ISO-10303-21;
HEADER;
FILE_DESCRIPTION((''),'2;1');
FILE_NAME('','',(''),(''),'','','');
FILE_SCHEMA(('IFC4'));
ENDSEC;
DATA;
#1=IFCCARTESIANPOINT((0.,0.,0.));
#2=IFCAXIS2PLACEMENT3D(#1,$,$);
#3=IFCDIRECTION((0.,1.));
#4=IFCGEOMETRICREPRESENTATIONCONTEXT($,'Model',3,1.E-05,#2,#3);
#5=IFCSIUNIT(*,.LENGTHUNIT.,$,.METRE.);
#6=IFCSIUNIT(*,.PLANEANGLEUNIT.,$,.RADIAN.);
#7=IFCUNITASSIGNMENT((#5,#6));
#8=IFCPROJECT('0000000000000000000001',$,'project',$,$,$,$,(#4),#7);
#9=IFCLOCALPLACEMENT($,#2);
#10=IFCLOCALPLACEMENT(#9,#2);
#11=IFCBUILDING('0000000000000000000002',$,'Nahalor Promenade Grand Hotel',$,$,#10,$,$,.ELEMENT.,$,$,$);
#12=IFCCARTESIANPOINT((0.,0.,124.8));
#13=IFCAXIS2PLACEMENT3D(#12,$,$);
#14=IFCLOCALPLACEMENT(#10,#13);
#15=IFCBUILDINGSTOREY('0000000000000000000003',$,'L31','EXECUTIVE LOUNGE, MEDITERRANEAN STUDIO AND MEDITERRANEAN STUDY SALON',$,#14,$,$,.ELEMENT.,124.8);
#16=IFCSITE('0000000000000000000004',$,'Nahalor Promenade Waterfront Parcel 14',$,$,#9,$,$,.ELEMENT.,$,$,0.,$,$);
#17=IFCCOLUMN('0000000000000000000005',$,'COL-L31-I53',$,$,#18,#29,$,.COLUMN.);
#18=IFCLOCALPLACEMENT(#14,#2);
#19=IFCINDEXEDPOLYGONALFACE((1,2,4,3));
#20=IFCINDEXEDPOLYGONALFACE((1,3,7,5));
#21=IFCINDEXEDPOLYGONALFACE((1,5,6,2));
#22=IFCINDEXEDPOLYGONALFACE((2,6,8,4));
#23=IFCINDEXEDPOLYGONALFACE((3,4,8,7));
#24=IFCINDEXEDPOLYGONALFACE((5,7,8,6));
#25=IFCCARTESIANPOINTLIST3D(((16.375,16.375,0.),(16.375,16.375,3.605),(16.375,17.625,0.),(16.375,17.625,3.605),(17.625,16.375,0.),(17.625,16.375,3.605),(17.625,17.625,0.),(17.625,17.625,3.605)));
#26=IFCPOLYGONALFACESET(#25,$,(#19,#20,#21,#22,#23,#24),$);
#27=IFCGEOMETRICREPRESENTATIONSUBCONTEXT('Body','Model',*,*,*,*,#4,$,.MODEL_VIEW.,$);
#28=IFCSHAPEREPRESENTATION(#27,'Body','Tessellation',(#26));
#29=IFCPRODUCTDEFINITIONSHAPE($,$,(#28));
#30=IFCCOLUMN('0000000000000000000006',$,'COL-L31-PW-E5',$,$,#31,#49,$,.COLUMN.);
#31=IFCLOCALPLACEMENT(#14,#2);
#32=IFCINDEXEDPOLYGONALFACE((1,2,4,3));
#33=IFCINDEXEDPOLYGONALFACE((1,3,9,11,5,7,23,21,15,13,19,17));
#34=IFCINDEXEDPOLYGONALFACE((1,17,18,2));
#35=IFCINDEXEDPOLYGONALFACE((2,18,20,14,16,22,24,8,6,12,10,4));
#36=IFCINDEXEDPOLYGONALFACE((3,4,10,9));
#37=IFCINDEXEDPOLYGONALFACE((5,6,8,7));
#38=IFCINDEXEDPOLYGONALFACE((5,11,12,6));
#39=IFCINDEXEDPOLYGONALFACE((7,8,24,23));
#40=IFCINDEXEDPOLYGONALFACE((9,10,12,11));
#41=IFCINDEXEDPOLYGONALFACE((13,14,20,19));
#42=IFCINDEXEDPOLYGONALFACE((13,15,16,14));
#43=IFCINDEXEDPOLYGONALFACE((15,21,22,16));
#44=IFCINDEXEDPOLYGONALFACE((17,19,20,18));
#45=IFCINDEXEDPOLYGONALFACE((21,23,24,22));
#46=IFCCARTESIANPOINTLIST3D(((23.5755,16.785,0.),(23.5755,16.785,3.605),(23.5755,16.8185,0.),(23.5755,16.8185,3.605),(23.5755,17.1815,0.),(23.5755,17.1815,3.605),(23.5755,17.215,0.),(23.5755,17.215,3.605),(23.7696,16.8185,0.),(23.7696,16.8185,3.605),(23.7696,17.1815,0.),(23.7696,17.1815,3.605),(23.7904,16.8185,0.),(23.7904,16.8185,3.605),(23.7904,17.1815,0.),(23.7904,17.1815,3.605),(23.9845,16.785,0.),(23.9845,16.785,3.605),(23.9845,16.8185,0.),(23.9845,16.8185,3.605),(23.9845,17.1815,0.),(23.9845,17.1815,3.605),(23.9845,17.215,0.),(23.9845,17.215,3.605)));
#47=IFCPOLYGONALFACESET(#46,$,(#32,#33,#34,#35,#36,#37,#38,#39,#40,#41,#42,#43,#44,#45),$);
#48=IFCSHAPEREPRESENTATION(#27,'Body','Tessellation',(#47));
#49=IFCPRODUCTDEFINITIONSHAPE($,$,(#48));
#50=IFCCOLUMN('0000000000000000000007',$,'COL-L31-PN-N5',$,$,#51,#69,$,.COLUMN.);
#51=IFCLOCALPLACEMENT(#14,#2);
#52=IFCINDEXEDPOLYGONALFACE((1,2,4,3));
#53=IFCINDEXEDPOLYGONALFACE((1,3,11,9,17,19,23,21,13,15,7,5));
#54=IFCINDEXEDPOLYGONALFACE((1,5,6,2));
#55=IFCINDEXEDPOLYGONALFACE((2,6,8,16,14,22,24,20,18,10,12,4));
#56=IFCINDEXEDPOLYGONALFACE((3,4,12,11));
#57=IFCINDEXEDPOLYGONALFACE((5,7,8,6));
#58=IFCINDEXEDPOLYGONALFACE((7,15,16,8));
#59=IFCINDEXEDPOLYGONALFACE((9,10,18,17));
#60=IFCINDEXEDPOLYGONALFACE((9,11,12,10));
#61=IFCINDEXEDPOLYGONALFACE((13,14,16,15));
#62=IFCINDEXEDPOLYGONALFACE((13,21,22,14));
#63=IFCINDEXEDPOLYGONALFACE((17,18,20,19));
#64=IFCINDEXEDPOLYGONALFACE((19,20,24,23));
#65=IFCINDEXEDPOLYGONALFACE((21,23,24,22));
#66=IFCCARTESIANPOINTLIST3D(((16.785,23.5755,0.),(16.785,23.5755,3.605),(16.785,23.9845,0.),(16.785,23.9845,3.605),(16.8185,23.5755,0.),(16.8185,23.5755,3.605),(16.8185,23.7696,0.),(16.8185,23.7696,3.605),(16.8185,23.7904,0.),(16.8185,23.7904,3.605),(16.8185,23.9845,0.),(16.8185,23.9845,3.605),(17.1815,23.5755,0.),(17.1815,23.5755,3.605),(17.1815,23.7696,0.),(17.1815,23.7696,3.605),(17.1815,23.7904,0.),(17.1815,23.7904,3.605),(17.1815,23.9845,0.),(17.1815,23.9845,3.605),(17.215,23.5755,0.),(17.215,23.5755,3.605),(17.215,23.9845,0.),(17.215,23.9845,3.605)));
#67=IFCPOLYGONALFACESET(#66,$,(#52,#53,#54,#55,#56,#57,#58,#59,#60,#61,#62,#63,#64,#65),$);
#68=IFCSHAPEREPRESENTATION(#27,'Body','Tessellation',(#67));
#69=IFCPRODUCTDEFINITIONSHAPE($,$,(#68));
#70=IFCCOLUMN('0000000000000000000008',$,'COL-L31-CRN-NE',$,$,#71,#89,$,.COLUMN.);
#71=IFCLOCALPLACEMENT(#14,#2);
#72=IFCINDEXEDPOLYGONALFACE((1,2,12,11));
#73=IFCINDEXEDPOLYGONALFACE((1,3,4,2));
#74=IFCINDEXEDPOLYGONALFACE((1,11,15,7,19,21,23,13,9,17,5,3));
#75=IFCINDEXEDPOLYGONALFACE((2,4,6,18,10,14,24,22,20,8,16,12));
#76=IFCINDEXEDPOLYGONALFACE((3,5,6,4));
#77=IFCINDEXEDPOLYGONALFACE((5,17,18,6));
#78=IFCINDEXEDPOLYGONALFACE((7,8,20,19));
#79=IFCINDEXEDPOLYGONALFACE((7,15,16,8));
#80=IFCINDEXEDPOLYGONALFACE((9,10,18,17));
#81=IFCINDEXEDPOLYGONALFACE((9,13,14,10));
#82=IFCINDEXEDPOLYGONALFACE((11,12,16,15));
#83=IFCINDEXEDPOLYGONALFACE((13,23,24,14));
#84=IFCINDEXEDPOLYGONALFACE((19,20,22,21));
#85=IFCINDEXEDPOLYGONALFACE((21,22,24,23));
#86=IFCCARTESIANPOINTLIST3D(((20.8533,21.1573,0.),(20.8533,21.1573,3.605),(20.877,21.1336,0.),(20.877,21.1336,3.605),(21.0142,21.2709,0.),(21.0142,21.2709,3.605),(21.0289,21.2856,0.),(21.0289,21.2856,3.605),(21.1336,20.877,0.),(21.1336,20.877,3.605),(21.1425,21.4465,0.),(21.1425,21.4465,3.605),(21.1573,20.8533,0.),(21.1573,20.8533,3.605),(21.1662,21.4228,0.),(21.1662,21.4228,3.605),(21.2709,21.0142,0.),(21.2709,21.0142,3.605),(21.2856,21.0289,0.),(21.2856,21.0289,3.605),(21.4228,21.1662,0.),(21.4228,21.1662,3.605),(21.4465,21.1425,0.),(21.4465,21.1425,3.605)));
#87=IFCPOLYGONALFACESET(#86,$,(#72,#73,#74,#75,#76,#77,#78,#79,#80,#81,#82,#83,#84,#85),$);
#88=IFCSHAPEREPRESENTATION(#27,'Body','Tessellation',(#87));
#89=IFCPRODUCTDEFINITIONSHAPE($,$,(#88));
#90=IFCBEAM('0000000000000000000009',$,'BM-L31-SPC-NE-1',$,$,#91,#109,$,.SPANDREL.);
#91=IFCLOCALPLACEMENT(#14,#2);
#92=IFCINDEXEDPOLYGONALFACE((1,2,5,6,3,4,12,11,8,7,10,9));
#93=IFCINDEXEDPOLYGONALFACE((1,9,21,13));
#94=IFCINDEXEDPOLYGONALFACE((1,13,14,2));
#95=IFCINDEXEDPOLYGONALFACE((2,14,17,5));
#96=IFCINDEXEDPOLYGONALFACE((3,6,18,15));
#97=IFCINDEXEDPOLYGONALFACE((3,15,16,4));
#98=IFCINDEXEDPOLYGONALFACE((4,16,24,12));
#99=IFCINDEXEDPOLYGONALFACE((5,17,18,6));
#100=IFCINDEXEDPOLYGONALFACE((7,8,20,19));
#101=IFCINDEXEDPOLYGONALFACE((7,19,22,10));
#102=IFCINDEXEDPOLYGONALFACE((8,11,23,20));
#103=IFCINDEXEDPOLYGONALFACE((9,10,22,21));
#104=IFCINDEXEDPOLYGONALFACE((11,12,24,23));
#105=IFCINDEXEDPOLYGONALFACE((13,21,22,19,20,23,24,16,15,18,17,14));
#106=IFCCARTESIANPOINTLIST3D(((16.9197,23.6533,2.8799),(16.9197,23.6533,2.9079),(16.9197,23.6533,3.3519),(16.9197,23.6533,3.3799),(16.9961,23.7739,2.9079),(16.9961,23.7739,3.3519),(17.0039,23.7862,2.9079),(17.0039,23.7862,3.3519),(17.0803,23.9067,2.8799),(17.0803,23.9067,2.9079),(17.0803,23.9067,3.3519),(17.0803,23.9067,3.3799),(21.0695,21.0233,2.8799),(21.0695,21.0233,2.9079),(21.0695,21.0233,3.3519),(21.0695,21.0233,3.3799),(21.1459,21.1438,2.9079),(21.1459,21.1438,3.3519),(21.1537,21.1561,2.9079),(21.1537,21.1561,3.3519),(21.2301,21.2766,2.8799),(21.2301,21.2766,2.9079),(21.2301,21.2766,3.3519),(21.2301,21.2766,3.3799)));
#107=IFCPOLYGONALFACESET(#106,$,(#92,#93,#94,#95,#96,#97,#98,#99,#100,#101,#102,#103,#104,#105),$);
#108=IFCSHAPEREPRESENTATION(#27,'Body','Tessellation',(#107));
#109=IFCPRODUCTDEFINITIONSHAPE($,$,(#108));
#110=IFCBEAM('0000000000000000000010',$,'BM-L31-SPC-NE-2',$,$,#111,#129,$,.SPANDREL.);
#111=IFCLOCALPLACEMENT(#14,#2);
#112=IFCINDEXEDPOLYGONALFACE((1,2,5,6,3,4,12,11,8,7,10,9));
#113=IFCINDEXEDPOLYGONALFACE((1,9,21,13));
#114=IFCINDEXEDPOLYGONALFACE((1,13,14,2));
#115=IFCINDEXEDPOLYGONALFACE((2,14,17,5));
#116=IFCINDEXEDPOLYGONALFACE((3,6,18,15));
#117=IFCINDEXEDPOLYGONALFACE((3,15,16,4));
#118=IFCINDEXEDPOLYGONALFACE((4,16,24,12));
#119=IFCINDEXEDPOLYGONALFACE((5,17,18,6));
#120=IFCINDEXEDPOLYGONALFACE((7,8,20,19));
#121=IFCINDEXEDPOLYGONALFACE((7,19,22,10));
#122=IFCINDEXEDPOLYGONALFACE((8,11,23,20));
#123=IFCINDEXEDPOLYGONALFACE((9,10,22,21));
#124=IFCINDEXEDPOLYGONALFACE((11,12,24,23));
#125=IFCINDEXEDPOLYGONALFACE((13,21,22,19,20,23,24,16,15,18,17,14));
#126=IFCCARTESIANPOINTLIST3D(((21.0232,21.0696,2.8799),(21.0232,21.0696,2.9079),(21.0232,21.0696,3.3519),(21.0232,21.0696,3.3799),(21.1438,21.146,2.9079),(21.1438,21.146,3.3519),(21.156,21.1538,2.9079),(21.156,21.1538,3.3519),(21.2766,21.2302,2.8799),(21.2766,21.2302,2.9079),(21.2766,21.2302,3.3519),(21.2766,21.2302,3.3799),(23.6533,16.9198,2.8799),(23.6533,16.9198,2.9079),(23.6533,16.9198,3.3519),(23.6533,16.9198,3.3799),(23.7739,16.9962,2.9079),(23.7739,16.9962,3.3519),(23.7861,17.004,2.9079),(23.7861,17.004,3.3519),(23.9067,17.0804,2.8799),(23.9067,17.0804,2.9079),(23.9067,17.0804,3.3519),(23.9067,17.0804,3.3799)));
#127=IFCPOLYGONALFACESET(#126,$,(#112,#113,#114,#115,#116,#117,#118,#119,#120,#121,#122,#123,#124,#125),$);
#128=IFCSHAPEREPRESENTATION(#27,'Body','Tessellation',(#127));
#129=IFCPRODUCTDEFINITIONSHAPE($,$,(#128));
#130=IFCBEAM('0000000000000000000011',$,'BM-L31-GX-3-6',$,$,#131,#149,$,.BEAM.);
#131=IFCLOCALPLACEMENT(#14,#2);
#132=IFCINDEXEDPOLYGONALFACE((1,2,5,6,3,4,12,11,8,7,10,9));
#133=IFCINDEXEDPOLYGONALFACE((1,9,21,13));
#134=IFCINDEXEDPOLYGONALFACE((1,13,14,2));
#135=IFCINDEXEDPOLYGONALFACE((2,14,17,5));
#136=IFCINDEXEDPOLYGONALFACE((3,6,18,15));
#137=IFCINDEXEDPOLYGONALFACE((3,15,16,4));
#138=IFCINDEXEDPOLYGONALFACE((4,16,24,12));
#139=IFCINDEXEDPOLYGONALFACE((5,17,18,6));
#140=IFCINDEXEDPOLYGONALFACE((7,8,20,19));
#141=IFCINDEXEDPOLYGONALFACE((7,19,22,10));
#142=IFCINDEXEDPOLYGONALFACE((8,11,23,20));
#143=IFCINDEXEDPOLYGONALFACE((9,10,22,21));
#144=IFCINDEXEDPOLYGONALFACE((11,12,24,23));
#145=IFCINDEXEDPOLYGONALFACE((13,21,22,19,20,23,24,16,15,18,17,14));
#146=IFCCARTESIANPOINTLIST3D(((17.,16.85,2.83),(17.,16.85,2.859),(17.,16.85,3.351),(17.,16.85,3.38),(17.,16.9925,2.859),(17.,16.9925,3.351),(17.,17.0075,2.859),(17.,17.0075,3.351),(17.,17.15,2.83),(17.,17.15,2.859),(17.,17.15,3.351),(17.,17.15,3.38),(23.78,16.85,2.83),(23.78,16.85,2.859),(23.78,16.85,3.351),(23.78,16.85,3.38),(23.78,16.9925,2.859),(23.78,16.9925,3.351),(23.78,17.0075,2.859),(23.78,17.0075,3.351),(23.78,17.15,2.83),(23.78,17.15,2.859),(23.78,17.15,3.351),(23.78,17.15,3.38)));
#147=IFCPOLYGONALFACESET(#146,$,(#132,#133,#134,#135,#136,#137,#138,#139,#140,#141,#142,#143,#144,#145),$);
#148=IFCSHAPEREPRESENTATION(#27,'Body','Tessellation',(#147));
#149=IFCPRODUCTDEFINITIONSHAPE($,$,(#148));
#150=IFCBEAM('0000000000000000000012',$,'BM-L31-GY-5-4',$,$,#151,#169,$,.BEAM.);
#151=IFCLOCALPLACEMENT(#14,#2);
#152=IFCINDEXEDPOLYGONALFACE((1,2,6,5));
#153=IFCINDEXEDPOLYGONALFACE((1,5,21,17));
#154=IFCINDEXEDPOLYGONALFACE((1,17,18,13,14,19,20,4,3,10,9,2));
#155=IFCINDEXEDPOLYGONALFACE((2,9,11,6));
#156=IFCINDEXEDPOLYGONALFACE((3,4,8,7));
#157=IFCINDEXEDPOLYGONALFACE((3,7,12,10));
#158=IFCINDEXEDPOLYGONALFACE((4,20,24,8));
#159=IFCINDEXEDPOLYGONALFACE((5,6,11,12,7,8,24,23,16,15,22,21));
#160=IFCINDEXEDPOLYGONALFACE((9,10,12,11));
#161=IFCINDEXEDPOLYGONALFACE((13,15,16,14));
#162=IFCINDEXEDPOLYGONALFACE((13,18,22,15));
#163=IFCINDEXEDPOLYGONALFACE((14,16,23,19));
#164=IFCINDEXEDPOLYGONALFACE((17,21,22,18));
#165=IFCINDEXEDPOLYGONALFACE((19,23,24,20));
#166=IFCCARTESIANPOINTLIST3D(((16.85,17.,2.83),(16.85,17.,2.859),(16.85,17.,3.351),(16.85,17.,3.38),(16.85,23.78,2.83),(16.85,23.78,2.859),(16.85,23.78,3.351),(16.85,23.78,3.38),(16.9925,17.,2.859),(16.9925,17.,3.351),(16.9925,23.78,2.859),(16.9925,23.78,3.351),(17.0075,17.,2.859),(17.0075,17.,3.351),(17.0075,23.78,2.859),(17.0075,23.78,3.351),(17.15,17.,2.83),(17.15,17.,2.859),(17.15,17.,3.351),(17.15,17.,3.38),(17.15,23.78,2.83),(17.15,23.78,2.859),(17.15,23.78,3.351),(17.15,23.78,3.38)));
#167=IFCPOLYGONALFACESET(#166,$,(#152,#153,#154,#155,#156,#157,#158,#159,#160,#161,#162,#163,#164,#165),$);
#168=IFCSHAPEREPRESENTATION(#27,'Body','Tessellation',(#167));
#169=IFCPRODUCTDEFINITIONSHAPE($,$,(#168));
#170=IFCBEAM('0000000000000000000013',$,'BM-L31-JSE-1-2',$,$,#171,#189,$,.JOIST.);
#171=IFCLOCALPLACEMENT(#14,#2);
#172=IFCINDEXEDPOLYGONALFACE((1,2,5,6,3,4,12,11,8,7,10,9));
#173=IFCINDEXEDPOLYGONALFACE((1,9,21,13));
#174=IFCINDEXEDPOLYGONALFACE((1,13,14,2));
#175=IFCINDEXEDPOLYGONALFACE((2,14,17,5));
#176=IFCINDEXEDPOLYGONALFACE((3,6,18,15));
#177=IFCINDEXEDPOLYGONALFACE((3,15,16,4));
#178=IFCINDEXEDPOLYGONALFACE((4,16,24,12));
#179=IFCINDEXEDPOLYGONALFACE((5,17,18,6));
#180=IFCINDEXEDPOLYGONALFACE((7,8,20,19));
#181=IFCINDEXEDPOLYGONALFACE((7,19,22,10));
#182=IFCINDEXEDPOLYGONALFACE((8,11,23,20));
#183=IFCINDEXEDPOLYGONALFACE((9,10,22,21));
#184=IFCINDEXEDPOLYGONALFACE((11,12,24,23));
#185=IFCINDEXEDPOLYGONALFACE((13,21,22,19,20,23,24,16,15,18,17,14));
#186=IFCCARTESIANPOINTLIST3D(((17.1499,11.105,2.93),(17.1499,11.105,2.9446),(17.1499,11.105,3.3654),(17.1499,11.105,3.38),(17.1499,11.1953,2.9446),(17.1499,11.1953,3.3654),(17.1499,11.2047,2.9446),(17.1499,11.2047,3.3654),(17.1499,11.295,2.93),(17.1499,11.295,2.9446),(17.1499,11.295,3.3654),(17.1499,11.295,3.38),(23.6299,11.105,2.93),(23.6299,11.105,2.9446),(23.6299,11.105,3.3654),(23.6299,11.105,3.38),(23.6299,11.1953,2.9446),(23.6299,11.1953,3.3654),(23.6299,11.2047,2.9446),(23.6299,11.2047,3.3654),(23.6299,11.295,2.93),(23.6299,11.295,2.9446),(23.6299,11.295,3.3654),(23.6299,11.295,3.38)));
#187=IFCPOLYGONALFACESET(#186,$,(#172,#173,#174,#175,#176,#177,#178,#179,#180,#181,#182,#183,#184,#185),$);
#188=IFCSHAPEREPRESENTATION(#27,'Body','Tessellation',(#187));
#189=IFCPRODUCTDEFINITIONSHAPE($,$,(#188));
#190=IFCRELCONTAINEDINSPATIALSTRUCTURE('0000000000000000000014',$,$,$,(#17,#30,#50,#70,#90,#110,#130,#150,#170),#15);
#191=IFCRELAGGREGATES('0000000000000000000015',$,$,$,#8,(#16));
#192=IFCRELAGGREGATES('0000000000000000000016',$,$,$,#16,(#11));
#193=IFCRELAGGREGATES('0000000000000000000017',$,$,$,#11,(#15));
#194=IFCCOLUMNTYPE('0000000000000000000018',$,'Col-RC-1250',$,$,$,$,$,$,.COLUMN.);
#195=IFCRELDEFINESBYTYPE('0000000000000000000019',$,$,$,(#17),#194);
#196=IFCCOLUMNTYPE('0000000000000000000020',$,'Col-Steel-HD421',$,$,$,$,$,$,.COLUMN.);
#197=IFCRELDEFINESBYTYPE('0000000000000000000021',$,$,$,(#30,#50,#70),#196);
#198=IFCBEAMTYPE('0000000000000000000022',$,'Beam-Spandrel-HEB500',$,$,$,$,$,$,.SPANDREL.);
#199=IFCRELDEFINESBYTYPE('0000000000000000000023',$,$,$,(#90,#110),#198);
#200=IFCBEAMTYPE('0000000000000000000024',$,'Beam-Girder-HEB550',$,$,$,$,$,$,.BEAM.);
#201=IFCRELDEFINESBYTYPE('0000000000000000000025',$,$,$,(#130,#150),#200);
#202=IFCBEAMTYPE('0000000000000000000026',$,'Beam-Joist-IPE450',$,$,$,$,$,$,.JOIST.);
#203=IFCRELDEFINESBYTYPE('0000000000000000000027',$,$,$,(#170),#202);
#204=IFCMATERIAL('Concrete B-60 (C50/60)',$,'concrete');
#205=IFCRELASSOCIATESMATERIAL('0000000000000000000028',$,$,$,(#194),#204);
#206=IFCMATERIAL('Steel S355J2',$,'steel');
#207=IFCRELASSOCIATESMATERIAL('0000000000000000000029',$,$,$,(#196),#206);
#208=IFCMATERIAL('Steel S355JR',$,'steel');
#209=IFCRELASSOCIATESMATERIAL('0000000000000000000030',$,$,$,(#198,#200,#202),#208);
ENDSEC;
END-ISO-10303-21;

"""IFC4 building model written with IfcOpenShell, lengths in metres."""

from ifc_helpers import new_model, si_unit, direction, frame, origin, origin_2d, place, context, subcontext, project, spatial, rectangle, i_section, extrude, source, transform, mapped, material, material_profile, profile_set, type_object, element, save


model = new_model("IFC4")

# Units and contexts
model_context = context("Model", 3, precision=1e-05, world=origin(), true_north=direction((0.0, 1.0)))
body_context = subcontext(model_context, "Body", "Model", "MODEL_VIEW")
ifc_project = project(units=[si_unit("LENGTHUNIT", "METRE"), si_unit("PLANEANGLEUNIT", "RADIAN")], contexts=[model_context])

# Site, building, storey
site_placement = place(None, origin())
site = spatial("IfcSite", under=ifc_project, at=site_placement, Name="Nahalor Promenade Waterfront Parcel 14", CompositionType="ELEMENT", RefElevation=0.0)
building_placement = place(site_placement, origin())
building = spatial("IfcBuilding", under=site, at=building_placement, Name="Nahalor Promenade Grand Hotel", CompositionType="ELEMENT")
storey_placement = place(building_placement, frame((0.0, 0.0, 124.8)))
storey = spatial("IfcBuildingStorey", under=building, at=storey_placement, Name="L31", Description="EXECUTIVE LOUNGE, MEDITERRANEAN STUDIO AND MEDITERRANEAN STUDY SALON", CompositionType="ELEMENT", Elevation=124.8)

# Columns
ifc_material_1 = material(Name="Concrete B-60 (C50/60)", Category="concrete")
ifc_material_profile_1 = material_profile(ifc_material_1, rectangle(XDim=1.25, YDim=1.25, at=origin_2d()), Name="RC 1250x1250")
ifc_profile_set_1 = profile_set([ifc_material_profile_1], Name="Concrete B-60 (C50/60)")
column_type_1 = type_object("IfcColumnType", Name="Col-RC-1250", PredefinedType="COLUMN", material=ifc_profile_set_1)
shared_shape_1 = source(origin(), body_context, "Body", "SweptSolid", [
    extrude(rectangle(XDim=1.25, YDim=1.25, at=origin_2d()), origin(), (0.0, 0.0, 1.0), 3.605),
])
column_placement = place(storey_placement, frame((17.0, 17.0, 0.0), z_axis=(0.0, 0.0, 1.0), x_axis=(1.0, 0.0, 0.0)))
element("IfcColumn", 1, at=column_placement, inside=storey, type_object=column_type_1, Name="COL-L31-I53", PredefinedType="COLUMN", context=body_context, shape_type="MappedRepresentation", body=[
    mapped(shared_shape_1, transform((0.0, 0.0, 0.0), scale=1.0)),
])
ifc_material_2 = material(Name="Steel S355J2", Category="steel")
ifc_material_profile_2 = material_profile(ifc_material_2, i_section(OverallWidth=0.409, OverallDepth=0.43, WebThickness=0.0208, FlangeThickness=0.0335, at=origin_2d()), Name="HD 400x421")
ifc_profile_set_2 = profile_set([ifc_material_profile_2], Name="Steel S355J2")
column_type_2 = type_object("IfcColumnType", Name="Col-Steel-HD421", PredefinedType="COLUMN", material=ifc_profile_set_2)
shared_shape_2 = source(origin(), body_context, "Body", "SweptSolid", [
    extrude(i_section(OverallWidth=0.409, OverallDepth=0.43, WebThickness=0.0208, FlangeThickness=0.0335, at=origin_2d()), origin(), (0.0, 0.0, 1.0), 3.605),
])
for number, where, z_axis, x_axis, name in (
    (2, (23.78, 17.0, 0.0), (0.0, 0.0, 1.0), (1.0, 0.0, 0.0), "COL-L31-PW-E5"),
    (3, (17.0, 23.78, 0.0), (0.0, 0.0, 1.0), (0.0, 1.0, 0.0), "COL-L31-PN-N5"),
    (4, (21.1499, 21.1499, 0.0), (0.0, 0.0, 1.0), (0.707107, 0.707107, 0.0), "COL-L31-CRN-NE"),
):
    element("IfcColumn", number, at=place(storey_placement, frame(where, z_axis=z_axis, x_axis=x_axis)), inside=storey, type_object=column_type_2, Name=name, PredefinedType="COLUMN", context=body_context, shape_type="MappedRepresentation", body=[
        mapped(shared_shape_2, transform((0.0, 0.0, 0.0), scale=1.0)),
    ])

# Beams
ifc_material_3 = material(Name="Steel S355JR", Category="steel")
ifc_material_profile_3 = material_profile(ifc_material_3, i_section(OverallWidth=0.3, OverallDepth=0.5, WebThickness=0.0145, FlangeThickness=0.028, at=origin_2d()), Name="HEB 500")
ifc_profile_set_3 = profile_set([ifc_material_profile_3], Name="Steel S355JR")
beam_type_1 = type_object("IfcBeamType", Name="Beam-Spandrel-HEB500", PredefinedType="SPANDREL", material=ifc_profile_set_3)
shared_shape_3 = source(origin(), body_context, "Body", "SweptSolid", [
    extrude(i_section(OverallWidth=0.3, OverallDepth=0.5, WebThickness=0.0145, FlangeThickness=0.028, at=origin_2d()), origin(), (0.0, 0.0, 1.0), 4.9131),
])
for number, where, z_axis, x_axis, name in (
    (5, (17.0, 23.78, 3.1299), (0.844648, -0.535322, 0.0), (0.535322, 0.844648, 0.0), "BM-L31-SPC-NE-1"),
    (6, (21.1499, 21.1499, 3.1299), (0.535322, -0.844648, 0.0), (0.844648, 0.535322, 0.0), "BM-L31-SPC-NE-2"),
):
    element("IfcBeam", number, at=place(storey_placement, frame(where, z_axis=z_axis, x_axis=x_axis)), inside=storey, type_object=beam_type_1, Name=name, PredefinedType="SPANDREL", context=body_context, shape_type="MappedRepresentation", body=[
        mapped(shared_shape_3, transform((0.0, 0.0, 0.0), scale=1.0)),
    ])
ifc_material_profile_4 = material_profile(ifc_material_3, i_section(OverallWidth=0.3, OverallDepth=0.55, WebThickness=0.015, FlangeThickness=0.029, at=origin_2d()), Name="HEB 550")
ifc_profile_set_4 = profile_set([ifc_material_profile_4], Name="Steel S355JR")
beam_type_2 = type_object("IfcBeamType", Name="Beam-Girder-HEB550", PredefinedType="BEAM", material=ifc_profile_set_4)
shared_shape_4 = source(origin(), body_context, "Body", "SweptSolid", [
    extrude(i_section(OverallWidth=0.3, OverallDepth=0.55, WebThickness=0.015, FlangeThickness=0.029, at=origin_2d()), origin(), (0.0, 0.0, 1.0), 6.78),
])
for number, where, z_axis, x_axis, name in (
    (7, (17.0, 17.0, 3.105), (1.0, 0.0, 0.0), (0.0, 1.0, 0.0), "BM-L31-GX-3-6"),
    (8, (17.0, 17.0, 3.105), (0.0, 1.0, 0.0), (-1.0, 0.0, 0.0), "BM-L31-GY-5-4"),
):
    element("IfcBeam", number, at=place(storey_placement, frame(where, z_axis=z_axis, x_axis=x_axis)), inside=storey, type_object=beam_type_2, Name=name, PredefinedType="BEAM", context=body_context, shape_type="MappedRepresentation", body=[
        mapped(shared_shape_4, transform((0.0, 0.0, 0.0), scale=1.0)),
    ])
ifc_material_profile_5 = material_profile(ifc_material_3, i_section(OverallWidth=0.19, OverallDepth=0.45, WebThickness=0.0094, FlangeThickness=0.0146, at=origin_2d()), Name="IPE 450")
ifc_profile_set_5 = profile_set([ifc_material_profile_5], Name="Steel S355JR")
beam_type_3 = type_object("IfcBeamType", Name="Beam-Joist-IPE450", PredefinedType="JOIST", material=ifc_profile_set_5)
shared_shape_5 = source(origin(), body_context, "Body", "SweptSolid", [
    extrude(i_section(OverallWidth=0.19, OverallDepth=0.45, WebThickness=0.0094, FlangeThickness=0.0146, at=origin_2d()), origin(), (0.0, 0.0, 1.0), 6.48),
])
beam_placement = place(storey_placement, frame((17.1499, 11.2, 3.155), z_axis=(1.0, 0.0, 0.0), x_axis=(0.0, 1.0, 0.0)))
element("IfcBeam", 9, at=beam_placement, inside=storey, type_object=beam_type_3, Name="BM-L31-JSE-1-2", PredefinedType="JOIST", context=body_context, shape_type="MappedRepresentation", body=[
    mapped(shared_shape_5, transform((0.0, 0.0, 0.0), scale=1.0)),
])

save(model, "model.ifc")
